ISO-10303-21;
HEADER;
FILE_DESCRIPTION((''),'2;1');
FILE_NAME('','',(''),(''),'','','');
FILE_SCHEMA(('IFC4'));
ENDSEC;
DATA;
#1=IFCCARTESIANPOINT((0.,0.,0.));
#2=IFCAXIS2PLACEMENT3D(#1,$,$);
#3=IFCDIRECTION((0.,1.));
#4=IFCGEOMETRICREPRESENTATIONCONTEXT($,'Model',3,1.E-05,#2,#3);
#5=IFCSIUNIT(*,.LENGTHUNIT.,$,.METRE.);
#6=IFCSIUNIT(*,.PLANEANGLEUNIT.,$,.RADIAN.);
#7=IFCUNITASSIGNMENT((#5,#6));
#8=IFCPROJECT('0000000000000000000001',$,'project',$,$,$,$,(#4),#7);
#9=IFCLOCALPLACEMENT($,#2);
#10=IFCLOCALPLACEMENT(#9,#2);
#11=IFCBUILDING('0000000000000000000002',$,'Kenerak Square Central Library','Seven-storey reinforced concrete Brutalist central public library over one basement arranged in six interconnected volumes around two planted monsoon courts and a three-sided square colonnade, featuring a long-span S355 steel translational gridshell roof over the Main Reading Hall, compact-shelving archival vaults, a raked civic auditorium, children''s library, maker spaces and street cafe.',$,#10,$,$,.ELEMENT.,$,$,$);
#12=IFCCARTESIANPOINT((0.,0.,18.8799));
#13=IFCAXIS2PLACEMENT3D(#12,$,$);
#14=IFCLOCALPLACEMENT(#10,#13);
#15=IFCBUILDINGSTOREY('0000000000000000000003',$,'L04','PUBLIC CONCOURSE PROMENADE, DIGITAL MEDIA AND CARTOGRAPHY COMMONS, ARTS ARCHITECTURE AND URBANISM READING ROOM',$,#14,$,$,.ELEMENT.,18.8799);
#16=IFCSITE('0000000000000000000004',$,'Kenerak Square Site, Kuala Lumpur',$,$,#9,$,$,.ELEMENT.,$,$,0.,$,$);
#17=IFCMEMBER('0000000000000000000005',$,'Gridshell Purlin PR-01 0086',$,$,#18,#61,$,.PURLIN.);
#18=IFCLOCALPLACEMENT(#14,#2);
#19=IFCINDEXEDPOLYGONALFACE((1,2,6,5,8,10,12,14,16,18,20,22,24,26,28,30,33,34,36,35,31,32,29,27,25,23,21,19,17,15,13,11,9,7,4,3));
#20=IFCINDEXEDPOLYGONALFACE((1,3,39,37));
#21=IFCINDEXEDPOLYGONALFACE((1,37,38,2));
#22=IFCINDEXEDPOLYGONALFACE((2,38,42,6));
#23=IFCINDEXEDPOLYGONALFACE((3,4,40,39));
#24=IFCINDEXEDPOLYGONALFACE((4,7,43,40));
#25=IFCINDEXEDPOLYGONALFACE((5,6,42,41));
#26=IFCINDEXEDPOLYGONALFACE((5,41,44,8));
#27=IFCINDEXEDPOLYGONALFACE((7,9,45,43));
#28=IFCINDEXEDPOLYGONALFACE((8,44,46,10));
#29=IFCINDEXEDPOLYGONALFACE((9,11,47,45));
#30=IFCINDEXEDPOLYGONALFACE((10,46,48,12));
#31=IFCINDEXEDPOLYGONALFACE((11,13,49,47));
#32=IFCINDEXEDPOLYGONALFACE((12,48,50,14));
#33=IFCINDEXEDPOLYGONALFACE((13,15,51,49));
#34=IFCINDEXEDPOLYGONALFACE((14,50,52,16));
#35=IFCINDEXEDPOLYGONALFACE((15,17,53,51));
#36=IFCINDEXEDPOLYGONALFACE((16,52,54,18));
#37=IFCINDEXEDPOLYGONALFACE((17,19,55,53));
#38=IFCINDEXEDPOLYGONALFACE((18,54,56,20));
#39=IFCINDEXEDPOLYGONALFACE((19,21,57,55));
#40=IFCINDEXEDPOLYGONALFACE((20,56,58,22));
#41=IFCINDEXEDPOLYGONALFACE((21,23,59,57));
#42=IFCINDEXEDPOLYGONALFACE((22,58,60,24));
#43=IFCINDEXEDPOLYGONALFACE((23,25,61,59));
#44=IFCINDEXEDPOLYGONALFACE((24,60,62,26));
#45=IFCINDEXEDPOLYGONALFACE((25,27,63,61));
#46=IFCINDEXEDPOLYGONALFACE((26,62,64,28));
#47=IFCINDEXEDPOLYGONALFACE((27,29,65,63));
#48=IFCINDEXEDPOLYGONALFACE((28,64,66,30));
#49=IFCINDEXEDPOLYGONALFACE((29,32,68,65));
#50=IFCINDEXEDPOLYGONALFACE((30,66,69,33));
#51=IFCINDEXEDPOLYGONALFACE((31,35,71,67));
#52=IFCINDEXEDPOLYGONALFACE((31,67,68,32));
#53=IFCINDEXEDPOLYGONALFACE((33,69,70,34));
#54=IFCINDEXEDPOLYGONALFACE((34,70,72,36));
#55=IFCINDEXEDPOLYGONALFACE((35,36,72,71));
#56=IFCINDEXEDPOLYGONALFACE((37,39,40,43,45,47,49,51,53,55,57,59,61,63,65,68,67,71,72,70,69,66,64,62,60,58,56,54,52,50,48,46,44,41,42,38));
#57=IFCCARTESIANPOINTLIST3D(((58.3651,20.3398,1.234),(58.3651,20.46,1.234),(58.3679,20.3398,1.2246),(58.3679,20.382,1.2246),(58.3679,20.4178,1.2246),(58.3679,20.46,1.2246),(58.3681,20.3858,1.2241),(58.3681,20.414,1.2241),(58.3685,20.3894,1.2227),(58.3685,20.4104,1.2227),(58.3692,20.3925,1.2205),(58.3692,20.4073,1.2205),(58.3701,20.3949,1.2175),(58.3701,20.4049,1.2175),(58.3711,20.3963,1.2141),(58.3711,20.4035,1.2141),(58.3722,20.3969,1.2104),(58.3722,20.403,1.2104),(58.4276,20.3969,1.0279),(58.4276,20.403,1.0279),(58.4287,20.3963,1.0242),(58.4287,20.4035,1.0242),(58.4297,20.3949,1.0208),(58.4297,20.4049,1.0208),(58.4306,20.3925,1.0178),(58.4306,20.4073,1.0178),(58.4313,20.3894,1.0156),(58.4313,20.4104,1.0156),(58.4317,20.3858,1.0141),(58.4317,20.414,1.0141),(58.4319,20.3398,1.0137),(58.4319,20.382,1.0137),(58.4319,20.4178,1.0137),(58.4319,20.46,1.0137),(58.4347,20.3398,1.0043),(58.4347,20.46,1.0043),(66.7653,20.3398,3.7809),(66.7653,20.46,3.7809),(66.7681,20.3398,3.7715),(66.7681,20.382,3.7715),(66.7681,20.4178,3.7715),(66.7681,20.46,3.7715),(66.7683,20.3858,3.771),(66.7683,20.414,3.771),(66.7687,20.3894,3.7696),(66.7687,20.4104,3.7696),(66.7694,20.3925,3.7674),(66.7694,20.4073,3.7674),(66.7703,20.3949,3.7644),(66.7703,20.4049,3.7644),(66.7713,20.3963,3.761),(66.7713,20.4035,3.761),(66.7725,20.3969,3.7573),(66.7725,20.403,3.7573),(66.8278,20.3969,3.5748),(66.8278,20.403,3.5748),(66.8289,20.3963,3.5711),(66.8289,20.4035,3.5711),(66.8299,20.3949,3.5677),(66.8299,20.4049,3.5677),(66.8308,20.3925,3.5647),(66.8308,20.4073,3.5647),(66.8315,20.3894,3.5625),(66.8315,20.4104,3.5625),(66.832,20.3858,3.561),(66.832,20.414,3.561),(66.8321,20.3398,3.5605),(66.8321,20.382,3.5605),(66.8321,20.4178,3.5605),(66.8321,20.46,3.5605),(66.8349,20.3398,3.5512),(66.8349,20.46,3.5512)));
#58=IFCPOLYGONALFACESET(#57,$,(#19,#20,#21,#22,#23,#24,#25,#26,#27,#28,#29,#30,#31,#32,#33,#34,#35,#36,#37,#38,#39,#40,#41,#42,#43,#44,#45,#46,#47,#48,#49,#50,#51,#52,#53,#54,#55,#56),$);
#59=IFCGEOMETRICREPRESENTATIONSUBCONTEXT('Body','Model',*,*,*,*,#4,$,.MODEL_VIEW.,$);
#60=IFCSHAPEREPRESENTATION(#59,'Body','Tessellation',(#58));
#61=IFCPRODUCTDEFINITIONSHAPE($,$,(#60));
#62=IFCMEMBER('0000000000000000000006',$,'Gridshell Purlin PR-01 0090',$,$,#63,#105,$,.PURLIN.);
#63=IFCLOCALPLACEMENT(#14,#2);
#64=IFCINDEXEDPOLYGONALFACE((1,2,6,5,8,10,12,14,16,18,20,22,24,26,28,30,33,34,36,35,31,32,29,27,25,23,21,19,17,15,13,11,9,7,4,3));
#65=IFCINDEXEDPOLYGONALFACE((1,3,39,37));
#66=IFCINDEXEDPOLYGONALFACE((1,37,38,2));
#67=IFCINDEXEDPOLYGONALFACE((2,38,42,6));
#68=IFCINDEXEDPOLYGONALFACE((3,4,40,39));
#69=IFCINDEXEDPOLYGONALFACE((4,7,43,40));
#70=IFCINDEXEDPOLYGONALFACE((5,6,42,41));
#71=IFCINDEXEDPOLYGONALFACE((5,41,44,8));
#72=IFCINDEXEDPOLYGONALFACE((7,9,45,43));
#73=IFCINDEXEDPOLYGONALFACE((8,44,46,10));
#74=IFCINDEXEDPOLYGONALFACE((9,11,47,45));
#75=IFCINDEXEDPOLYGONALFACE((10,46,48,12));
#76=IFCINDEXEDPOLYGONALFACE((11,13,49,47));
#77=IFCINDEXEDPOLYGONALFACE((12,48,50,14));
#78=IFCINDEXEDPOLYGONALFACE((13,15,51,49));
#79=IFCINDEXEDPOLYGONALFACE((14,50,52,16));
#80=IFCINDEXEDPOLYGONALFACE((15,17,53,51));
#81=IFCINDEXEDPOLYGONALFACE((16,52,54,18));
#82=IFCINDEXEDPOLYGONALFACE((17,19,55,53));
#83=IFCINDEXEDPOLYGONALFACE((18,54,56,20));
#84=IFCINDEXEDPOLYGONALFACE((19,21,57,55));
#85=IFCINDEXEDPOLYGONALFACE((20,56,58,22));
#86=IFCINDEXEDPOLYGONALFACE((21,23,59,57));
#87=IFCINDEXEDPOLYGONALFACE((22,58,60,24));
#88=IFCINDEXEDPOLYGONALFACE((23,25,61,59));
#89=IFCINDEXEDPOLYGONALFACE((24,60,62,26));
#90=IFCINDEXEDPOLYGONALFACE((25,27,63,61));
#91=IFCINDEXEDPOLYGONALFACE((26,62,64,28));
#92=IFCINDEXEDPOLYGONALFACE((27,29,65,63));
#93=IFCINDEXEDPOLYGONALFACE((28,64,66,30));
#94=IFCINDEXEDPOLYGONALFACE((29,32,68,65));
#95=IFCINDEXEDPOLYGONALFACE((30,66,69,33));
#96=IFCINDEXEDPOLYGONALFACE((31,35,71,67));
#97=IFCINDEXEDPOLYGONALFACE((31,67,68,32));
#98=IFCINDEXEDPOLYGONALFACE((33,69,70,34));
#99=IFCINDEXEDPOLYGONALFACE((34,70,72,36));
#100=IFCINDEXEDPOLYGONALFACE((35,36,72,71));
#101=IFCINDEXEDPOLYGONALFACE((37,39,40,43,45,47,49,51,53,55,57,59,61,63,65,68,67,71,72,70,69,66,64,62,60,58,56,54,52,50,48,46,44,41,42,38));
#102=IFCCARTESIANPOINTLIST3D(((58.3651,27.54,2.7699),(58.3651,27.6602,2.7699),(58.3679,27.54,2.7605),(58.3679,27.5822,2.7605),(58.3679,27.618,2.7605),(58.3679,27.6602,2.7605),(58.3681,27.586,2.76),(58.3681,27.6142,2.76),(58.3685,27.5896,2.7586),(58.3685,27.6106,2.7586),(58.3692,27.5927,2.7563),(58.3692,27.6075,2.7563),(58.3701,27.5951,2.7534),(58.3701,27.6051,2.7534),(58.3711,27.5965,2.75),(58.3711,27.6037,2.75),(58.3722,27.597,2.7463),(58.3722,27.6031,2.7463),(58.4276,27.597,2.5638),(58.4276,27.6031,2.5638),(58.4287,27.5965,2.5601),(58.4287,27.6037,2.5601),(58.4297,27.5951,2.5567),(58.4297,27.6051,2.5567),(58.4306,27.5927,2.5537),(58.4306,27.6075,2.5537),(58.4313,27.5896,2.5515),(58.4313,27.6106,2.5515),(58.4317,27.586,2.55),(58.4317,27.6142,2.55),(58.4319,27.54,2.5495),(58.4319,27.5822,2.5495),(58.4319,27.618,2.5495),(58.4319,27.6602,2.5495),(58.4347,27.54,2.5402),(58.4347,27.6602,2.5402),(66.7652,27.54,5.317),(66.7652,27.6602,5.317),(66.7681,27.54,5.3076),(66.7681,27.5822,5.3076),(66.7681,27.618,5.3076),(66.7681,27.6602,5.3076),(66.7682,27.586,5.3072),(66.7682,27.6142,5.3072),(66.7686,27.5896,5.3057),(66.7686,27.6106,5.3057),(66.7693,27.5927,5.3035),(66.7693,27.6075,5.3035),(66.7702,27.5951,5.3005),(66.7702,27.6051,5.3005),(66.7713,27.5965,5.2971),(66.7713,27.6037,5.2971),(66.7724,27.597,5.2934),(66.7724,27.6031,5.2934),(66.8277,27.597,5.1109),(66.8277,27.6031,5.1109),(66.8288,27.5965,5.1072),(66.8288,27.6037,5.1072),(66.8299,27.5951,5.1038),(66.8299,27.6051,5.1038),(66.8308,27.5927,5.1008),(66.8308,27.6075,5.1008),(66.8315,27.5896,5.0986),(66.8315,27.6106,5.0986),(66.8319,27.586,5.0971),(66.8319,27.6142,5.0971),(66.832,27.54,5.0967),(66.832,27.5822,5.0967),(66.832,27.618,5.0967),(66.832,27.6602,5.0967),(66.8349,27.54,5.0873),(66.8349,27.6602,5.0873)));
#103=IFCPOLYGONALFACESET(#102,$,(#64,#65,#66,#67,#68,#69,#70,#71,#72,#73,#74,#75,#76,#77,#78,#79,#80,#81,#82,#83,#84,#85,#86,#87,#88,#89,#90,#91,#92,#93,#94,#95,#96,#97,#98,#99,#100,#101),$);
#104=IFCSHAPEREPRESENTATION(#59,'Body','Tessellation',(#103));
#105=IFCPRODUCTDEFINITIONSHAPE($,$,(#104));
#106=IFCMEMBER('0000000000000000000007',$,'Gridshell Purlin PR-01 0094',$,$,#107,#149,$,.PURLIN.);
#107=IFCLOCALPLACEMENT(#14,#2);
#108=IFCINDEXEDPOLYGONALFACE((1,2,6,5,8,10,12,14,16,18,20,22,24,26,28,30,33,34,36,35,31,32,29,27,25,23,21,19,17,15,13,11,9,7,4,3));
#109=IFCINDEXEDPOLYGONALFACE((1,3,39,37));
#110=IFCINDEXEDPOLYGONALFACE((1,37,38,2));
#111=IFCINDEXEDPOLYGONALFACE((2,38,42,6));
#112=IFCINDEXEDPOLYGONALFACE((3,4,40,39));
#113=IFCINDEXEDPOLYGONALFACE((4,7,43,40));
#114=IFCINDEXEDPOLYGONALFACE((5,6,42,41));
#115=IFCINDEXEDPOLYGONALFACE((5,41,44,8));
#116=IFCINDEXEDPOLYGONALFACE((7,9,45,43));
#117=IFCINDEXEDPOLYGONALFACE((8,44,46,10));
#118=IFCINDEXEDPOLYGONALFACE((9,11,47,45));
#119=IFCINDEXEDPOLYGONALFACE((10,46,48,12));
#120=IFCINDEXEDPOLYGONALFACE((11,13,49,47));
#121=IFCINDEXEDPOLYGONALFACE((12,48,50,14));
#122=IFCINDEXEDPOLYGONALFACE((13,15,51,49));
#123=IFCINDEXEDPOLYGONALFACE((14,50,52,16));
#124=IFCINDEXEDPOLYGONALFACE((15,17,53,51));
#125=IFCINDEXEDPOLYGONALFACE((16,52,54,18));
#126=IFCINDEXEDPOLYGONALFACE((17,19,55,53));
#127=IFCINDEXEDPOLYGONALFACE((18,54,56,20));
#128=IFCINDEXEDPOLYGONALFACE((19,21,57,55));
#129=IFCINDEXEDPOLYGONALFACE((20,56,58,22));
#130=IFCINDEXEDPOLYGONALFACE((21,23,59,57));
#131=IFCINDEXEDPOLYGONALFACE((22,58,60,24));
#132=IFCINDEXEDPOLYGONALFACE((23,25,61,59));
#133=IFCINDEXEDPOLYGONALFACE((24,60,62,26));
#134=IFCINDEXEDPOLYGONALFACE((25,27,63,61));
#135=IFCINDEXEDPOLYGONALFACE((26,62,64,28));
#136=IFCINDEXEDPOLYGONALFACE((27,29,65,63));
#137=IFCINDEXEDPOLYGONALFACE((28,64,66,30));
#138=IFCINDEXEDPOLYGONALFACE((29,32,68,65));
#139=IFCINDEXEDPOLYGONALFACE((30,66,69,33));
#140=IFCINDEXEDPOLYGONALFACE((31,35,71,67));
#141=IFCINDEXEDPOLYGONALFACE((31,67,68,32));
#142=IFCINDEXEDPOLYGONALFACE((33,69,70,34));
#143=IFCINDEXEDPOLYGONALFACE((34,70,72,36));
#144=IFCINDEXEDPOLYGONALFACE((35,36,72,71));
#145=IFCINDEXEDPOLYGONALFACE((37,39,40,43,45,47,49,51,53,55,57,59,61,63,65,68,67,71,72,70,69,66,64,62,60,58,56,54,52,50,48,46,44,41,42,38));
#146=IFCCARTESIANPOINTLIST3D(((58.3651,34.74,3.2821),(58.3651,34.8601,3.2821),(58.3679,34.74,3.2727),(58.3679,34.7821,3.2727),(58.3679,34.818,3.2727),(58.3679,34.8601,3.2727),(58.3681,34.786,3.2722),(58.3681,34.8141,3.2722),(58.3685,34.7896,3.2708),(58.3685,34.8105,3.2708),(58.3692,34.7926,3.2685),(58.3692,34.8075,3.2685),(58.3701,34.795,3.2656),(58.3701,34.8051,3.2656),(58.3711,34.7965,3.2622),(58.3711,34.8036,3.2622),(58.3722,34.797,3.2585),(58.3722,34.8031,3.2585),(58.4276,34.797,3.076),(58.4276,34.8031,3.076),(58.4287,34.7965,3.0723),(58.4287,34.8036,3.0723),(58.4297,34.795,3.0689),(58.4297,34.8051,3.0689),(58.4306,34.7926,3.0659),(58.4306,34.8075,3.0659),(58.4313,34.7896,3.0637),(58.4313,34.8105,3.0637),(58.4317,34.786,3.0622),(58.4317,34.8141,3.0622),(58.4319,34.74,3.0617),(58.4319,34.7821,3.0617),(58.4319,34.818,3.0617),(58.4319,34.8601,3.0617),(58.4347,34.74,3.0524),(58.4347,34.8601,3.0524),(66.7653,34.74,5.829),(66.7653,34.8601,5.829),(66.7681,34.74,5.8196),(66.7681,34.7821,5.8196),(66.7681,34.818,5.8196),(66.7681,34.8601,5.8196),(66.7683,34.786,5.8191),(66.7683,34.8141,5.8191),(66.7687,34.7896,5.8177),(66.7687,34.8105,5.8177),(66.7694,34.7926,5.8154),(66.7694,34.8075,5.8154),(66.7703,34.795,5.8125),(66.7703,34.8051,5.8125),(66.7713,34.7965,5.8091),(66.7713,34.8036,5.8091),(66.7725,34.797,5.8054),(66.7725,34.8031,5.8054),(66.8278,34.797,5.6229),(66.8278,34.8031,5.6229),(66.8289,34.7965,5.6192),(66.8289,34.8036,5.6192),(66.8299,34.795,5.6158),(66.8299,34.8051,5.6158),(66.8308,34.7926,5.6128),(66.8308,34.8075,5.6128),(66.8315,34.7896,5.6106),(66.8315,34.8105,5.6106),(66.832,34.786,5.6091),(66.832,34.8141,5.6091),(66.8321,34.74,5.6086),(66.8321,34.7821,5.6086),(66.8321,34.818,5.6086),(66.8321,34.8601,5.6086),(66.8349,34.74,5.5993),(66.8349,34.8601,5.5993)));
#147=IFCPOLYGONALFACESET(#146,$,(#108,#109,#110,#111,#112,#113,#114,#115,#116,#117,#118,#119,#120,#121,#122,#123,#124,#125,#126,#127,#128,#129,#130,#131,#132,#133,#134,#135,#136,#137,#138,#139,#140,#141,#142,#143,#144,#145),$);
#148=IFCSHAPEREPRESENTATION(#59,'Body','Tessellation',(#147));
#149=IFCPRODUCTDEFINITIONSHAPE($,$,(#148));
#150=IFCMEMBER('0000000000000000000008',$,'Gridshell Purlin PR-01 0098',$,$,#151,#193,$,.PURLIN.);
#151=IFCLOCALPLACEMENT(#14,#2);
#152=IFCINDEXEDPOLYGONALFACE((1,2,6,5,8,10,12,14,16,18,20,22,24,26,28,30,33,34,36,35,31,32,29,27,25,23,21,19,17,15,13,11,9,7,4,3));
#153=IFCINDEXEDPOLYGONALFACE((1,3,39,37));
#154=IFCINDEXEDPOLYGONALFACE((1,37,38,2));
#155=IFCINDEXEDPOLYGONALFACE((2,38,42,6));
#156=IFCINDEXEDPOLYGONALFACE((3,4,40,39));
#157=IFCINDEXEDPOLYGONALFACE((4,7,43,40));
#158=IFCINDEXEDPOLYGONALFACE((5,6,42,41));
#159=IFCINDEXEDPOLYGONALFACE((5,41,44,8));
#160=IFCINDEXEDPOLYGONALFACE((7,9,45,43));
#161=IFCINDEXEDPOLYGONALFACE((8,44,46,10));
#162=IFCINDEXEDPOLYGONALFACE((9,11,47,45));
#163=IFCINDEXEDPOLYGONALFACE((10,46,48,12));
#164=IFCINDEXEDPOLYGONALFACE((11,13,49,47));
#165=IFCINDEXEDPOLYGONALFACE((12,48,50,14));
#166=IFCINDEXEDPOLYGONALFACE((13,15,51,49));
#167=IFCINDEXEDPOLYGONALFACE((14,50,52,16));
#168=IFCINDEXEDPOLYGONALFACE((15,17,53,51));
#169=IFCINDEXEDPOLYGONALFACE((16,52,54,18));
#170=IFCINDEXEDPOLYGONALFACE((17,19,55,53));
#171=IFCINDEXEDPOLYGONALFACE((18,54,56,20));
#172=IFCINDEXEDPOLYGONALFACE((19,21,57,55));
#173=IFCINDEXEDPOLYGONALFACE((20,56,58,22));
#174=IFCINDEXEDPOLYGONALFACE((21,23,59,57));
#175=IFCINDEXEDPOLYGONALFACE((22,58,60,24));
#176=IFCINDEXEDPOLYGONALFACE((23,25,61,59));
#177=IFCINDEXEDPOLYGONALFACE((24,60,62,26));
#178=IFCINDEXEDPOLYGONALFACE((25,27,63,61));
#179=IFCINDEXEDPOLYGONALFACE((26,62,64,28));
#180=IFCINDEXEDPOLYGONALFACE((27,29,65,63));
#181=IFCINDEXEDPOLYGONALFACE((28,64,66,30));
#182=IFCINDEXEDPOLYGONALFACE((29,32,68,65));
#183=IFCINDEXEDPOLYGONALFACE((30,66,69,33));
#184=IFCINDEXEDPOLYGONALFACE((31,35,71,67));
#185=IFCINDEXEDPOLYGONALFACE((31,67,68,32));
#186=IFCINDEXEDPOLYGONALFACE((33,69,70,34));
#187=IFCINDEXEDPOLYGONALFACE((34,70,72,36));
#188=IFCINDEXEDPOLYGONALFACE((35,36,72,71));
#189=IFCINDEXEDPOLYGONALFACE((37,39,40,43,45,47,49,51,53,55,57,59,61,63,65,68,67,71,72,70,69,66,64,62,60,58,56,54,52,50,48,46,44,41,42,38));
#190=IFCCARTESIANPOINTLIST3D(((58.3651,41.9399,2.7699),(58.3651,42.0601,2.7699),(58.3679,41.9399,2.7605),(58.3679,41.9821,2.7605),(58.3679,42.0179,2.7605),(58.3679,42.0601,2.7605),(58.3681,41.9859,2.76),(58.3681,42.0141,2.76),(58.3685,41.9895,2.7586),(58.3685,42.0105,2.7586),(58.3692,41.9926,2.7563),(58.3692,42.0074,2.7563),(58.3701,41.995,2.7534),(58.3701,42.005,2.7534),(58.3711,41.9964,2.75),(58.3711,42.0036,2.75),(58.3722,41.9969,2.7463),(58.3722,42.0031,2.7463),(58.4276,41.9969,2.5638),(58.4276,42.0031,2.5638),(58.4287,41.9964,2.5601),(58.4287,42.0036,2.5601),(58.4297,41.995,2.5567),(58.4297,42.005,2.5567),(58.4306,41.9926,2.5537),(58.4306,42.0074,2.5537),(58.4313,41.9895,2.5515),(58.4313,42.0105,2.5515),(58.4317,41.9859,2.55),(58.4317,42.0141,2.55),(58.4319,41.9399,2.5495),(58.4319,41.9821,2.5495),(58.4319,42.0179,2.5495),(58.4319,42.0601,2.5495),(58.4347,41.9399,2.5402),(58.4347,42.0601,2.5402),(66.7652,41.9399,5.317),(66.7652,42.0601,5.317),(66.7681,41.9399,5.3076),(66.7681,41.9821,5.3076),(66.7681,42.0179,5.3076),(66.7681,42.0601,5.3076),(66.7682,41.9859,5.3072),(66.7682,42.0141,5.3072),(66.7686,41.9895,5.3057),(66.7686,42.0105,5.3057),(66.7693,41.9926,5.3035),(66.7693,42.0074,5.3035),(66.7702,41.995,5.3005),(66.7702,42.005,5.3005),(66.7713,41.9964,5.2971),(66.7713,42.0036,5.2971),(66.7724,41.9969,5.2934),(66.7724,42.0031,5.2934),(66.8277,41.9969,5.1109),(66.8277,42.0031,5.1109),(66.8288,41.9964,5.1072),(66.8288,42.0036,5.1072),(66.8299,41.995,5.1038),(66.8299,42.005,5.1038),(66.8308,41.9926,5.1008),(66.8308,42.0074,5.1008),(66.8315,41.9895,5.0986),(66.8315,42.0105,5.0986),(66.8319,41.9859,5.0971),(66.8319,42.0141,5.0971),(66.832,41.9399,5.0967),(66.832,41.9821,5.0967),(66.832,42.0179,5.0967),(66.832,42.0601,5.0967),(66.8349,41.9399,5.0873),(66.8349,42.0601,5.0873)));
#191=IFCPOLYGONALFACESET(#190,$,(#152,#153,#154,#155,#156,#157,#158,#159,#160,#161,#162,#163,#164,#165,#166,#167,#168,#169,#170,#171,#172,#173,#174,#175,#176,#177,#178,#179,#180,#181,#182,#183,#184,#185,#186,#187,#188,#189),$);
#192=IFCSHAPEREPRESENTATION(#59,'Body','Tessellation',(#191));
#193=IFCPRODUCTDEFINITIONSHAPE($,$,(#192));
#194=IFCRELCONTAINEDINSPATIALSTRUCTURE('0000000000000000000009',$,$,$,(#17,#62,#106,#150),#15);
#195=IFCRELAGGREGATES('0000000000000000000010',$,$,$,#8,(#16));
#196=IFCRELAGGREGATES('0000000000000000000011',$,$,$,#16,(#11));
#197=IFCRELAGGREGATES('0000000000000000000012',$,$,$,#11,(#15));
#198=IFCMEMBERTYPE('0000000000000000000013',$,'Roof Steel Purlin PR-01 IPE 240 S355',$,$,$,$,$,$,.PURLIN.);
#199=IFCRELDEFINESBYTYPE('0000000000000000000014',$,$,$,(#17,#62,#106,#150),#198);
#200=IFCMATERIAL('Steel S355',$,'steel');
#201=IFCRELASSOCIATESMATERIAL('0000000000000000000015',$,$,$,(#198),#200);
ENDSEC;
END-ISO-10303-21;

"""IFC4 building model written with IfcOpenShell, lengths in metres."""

from ifc_helpers import new_model, si_unit, direction, frame, origin, origin_2d, place, context, subcontext, project, spatial, i_section, extrude, material, material_profile, profile_set, type_object, element, save


model = new_model("IFC4")

# Units and contexts
model_context = context("Model", 3, precision=1e-05, world=origin(), true_north=direction((0.0, 1.0)))
body_context = subcontext(model_context, "Body", "Model", "MODEL_VIEW")
ifc_project = project(units=[si_unit("LENGTHUNIT", "METRE"), si_unit("PLANEANGLEUNIT", "RADIAN")], contexts=[model_context])

# Site, building, storey
site_placement = place(None, origin())
site = spatial("IfcSite", under=ifc_project, at=site_placement, Name="Kenerak Square Site, Kuala Lumpur", CompositionType="ELEMENT", RefElevation=0.0)
building_placement = place(site_placement, origin())
building = spatial("IfcBuilding", under=site, at=building_placement, Name="Kenerak Square Central Library", Description="Seven-storey reinforced concrete Brutalist central public library over one basement arranged in six interconnected volumes around two planted monsoon courts and a three-sided square colonnade, featuring a long-span S355 steel translational gridshell roof over the Main Reading Hall, compact-shelving archival vaults, a raked civic auditorium, children's library, maker spaces and street cafe.", CompositionType="ELEMENT")
storey_placement = place(building_placement, frame((0.0, 0.0, 18.8799)))
storey = spatial("IfcBuildingStorey", under=building, at=storey_placement, Name="L04", Description="PUBLIC CONCOURSE PROMENADE, DIGITAL MEDIA AND CARTOGRAPHY COMMONS, ARTS ARCHITECTURE AND URBANISM READING ROOM", CompositionType="ELEMENT", Elevation=18.8799)

# Shared definitions
ifc_material_1 = material(Name="Steel S355", Category="steel")

# Members
ifc_material_profile_1 = material_profile(ifc_material_1, i_section(OverallWidth=0.1201, OverallDepth=0.24, WebThickness=0.0061, FlangeThickness=0.0098, FilletRadius=0.0149, at=origin_2d()), Name="IPE 240")
ifc_profile_set_1 = profile_set([ifc_material_profile_1], Name="Steel S355")
member_type_1 = type_object("IfcMemberType", Name="Roof Steel Purlin PR-01 IPE 240 S355", PredefinedType="PURLIN", material=ifc_profile_set_1)
for number, where, z_axis, x_axis, name in (
    (1, (58.3999, 20.3999, 1.1191), (0.956981, 0.0, 0.290151), (0.0, 1.0, 0.0), "Gridshell Purlin PR-01 0086"),
    (2, (58.3999, 27.6001, 2.655), (0.956973, 0.0, 0.290176), (0.0, 1.0, 0.0), "Gridshell Purlin PR-01 0090"),
    (3, (58.3999, 34.8, 3.1672), (0.956981, 0.0, 0.290151), (0.0, 1.0, 0.0), "Gridshell Purlin PR-01 0094"),
    (4, (58.3999, 42.0, 2.655), (0.956973, 0.0, 0.290176), (0.0, 1.0, 0.0), "Gridshell Purlin PR-01 0098"),
):
    element("IfcMember", number, at=place(storey_placement, frame(where, z_axis=z_axis, x_axis=x_axis)), inside=storey, type_object=member_type_1, Name=name, PredefinedType="PURLIN", context=body_context, shape_type="SweptSolid", body=[
        extrude(i_section(OverallWidth=0.1201, OverallDepth=0.24, WebThickness=0.0061, FlangeThickness=0.0098, FilletRadius=0.0149, at=origin_2d()), origin(), (0.0, 0.0, 1.0), 8.7778),
    ])

save(model, "model.ifc")
